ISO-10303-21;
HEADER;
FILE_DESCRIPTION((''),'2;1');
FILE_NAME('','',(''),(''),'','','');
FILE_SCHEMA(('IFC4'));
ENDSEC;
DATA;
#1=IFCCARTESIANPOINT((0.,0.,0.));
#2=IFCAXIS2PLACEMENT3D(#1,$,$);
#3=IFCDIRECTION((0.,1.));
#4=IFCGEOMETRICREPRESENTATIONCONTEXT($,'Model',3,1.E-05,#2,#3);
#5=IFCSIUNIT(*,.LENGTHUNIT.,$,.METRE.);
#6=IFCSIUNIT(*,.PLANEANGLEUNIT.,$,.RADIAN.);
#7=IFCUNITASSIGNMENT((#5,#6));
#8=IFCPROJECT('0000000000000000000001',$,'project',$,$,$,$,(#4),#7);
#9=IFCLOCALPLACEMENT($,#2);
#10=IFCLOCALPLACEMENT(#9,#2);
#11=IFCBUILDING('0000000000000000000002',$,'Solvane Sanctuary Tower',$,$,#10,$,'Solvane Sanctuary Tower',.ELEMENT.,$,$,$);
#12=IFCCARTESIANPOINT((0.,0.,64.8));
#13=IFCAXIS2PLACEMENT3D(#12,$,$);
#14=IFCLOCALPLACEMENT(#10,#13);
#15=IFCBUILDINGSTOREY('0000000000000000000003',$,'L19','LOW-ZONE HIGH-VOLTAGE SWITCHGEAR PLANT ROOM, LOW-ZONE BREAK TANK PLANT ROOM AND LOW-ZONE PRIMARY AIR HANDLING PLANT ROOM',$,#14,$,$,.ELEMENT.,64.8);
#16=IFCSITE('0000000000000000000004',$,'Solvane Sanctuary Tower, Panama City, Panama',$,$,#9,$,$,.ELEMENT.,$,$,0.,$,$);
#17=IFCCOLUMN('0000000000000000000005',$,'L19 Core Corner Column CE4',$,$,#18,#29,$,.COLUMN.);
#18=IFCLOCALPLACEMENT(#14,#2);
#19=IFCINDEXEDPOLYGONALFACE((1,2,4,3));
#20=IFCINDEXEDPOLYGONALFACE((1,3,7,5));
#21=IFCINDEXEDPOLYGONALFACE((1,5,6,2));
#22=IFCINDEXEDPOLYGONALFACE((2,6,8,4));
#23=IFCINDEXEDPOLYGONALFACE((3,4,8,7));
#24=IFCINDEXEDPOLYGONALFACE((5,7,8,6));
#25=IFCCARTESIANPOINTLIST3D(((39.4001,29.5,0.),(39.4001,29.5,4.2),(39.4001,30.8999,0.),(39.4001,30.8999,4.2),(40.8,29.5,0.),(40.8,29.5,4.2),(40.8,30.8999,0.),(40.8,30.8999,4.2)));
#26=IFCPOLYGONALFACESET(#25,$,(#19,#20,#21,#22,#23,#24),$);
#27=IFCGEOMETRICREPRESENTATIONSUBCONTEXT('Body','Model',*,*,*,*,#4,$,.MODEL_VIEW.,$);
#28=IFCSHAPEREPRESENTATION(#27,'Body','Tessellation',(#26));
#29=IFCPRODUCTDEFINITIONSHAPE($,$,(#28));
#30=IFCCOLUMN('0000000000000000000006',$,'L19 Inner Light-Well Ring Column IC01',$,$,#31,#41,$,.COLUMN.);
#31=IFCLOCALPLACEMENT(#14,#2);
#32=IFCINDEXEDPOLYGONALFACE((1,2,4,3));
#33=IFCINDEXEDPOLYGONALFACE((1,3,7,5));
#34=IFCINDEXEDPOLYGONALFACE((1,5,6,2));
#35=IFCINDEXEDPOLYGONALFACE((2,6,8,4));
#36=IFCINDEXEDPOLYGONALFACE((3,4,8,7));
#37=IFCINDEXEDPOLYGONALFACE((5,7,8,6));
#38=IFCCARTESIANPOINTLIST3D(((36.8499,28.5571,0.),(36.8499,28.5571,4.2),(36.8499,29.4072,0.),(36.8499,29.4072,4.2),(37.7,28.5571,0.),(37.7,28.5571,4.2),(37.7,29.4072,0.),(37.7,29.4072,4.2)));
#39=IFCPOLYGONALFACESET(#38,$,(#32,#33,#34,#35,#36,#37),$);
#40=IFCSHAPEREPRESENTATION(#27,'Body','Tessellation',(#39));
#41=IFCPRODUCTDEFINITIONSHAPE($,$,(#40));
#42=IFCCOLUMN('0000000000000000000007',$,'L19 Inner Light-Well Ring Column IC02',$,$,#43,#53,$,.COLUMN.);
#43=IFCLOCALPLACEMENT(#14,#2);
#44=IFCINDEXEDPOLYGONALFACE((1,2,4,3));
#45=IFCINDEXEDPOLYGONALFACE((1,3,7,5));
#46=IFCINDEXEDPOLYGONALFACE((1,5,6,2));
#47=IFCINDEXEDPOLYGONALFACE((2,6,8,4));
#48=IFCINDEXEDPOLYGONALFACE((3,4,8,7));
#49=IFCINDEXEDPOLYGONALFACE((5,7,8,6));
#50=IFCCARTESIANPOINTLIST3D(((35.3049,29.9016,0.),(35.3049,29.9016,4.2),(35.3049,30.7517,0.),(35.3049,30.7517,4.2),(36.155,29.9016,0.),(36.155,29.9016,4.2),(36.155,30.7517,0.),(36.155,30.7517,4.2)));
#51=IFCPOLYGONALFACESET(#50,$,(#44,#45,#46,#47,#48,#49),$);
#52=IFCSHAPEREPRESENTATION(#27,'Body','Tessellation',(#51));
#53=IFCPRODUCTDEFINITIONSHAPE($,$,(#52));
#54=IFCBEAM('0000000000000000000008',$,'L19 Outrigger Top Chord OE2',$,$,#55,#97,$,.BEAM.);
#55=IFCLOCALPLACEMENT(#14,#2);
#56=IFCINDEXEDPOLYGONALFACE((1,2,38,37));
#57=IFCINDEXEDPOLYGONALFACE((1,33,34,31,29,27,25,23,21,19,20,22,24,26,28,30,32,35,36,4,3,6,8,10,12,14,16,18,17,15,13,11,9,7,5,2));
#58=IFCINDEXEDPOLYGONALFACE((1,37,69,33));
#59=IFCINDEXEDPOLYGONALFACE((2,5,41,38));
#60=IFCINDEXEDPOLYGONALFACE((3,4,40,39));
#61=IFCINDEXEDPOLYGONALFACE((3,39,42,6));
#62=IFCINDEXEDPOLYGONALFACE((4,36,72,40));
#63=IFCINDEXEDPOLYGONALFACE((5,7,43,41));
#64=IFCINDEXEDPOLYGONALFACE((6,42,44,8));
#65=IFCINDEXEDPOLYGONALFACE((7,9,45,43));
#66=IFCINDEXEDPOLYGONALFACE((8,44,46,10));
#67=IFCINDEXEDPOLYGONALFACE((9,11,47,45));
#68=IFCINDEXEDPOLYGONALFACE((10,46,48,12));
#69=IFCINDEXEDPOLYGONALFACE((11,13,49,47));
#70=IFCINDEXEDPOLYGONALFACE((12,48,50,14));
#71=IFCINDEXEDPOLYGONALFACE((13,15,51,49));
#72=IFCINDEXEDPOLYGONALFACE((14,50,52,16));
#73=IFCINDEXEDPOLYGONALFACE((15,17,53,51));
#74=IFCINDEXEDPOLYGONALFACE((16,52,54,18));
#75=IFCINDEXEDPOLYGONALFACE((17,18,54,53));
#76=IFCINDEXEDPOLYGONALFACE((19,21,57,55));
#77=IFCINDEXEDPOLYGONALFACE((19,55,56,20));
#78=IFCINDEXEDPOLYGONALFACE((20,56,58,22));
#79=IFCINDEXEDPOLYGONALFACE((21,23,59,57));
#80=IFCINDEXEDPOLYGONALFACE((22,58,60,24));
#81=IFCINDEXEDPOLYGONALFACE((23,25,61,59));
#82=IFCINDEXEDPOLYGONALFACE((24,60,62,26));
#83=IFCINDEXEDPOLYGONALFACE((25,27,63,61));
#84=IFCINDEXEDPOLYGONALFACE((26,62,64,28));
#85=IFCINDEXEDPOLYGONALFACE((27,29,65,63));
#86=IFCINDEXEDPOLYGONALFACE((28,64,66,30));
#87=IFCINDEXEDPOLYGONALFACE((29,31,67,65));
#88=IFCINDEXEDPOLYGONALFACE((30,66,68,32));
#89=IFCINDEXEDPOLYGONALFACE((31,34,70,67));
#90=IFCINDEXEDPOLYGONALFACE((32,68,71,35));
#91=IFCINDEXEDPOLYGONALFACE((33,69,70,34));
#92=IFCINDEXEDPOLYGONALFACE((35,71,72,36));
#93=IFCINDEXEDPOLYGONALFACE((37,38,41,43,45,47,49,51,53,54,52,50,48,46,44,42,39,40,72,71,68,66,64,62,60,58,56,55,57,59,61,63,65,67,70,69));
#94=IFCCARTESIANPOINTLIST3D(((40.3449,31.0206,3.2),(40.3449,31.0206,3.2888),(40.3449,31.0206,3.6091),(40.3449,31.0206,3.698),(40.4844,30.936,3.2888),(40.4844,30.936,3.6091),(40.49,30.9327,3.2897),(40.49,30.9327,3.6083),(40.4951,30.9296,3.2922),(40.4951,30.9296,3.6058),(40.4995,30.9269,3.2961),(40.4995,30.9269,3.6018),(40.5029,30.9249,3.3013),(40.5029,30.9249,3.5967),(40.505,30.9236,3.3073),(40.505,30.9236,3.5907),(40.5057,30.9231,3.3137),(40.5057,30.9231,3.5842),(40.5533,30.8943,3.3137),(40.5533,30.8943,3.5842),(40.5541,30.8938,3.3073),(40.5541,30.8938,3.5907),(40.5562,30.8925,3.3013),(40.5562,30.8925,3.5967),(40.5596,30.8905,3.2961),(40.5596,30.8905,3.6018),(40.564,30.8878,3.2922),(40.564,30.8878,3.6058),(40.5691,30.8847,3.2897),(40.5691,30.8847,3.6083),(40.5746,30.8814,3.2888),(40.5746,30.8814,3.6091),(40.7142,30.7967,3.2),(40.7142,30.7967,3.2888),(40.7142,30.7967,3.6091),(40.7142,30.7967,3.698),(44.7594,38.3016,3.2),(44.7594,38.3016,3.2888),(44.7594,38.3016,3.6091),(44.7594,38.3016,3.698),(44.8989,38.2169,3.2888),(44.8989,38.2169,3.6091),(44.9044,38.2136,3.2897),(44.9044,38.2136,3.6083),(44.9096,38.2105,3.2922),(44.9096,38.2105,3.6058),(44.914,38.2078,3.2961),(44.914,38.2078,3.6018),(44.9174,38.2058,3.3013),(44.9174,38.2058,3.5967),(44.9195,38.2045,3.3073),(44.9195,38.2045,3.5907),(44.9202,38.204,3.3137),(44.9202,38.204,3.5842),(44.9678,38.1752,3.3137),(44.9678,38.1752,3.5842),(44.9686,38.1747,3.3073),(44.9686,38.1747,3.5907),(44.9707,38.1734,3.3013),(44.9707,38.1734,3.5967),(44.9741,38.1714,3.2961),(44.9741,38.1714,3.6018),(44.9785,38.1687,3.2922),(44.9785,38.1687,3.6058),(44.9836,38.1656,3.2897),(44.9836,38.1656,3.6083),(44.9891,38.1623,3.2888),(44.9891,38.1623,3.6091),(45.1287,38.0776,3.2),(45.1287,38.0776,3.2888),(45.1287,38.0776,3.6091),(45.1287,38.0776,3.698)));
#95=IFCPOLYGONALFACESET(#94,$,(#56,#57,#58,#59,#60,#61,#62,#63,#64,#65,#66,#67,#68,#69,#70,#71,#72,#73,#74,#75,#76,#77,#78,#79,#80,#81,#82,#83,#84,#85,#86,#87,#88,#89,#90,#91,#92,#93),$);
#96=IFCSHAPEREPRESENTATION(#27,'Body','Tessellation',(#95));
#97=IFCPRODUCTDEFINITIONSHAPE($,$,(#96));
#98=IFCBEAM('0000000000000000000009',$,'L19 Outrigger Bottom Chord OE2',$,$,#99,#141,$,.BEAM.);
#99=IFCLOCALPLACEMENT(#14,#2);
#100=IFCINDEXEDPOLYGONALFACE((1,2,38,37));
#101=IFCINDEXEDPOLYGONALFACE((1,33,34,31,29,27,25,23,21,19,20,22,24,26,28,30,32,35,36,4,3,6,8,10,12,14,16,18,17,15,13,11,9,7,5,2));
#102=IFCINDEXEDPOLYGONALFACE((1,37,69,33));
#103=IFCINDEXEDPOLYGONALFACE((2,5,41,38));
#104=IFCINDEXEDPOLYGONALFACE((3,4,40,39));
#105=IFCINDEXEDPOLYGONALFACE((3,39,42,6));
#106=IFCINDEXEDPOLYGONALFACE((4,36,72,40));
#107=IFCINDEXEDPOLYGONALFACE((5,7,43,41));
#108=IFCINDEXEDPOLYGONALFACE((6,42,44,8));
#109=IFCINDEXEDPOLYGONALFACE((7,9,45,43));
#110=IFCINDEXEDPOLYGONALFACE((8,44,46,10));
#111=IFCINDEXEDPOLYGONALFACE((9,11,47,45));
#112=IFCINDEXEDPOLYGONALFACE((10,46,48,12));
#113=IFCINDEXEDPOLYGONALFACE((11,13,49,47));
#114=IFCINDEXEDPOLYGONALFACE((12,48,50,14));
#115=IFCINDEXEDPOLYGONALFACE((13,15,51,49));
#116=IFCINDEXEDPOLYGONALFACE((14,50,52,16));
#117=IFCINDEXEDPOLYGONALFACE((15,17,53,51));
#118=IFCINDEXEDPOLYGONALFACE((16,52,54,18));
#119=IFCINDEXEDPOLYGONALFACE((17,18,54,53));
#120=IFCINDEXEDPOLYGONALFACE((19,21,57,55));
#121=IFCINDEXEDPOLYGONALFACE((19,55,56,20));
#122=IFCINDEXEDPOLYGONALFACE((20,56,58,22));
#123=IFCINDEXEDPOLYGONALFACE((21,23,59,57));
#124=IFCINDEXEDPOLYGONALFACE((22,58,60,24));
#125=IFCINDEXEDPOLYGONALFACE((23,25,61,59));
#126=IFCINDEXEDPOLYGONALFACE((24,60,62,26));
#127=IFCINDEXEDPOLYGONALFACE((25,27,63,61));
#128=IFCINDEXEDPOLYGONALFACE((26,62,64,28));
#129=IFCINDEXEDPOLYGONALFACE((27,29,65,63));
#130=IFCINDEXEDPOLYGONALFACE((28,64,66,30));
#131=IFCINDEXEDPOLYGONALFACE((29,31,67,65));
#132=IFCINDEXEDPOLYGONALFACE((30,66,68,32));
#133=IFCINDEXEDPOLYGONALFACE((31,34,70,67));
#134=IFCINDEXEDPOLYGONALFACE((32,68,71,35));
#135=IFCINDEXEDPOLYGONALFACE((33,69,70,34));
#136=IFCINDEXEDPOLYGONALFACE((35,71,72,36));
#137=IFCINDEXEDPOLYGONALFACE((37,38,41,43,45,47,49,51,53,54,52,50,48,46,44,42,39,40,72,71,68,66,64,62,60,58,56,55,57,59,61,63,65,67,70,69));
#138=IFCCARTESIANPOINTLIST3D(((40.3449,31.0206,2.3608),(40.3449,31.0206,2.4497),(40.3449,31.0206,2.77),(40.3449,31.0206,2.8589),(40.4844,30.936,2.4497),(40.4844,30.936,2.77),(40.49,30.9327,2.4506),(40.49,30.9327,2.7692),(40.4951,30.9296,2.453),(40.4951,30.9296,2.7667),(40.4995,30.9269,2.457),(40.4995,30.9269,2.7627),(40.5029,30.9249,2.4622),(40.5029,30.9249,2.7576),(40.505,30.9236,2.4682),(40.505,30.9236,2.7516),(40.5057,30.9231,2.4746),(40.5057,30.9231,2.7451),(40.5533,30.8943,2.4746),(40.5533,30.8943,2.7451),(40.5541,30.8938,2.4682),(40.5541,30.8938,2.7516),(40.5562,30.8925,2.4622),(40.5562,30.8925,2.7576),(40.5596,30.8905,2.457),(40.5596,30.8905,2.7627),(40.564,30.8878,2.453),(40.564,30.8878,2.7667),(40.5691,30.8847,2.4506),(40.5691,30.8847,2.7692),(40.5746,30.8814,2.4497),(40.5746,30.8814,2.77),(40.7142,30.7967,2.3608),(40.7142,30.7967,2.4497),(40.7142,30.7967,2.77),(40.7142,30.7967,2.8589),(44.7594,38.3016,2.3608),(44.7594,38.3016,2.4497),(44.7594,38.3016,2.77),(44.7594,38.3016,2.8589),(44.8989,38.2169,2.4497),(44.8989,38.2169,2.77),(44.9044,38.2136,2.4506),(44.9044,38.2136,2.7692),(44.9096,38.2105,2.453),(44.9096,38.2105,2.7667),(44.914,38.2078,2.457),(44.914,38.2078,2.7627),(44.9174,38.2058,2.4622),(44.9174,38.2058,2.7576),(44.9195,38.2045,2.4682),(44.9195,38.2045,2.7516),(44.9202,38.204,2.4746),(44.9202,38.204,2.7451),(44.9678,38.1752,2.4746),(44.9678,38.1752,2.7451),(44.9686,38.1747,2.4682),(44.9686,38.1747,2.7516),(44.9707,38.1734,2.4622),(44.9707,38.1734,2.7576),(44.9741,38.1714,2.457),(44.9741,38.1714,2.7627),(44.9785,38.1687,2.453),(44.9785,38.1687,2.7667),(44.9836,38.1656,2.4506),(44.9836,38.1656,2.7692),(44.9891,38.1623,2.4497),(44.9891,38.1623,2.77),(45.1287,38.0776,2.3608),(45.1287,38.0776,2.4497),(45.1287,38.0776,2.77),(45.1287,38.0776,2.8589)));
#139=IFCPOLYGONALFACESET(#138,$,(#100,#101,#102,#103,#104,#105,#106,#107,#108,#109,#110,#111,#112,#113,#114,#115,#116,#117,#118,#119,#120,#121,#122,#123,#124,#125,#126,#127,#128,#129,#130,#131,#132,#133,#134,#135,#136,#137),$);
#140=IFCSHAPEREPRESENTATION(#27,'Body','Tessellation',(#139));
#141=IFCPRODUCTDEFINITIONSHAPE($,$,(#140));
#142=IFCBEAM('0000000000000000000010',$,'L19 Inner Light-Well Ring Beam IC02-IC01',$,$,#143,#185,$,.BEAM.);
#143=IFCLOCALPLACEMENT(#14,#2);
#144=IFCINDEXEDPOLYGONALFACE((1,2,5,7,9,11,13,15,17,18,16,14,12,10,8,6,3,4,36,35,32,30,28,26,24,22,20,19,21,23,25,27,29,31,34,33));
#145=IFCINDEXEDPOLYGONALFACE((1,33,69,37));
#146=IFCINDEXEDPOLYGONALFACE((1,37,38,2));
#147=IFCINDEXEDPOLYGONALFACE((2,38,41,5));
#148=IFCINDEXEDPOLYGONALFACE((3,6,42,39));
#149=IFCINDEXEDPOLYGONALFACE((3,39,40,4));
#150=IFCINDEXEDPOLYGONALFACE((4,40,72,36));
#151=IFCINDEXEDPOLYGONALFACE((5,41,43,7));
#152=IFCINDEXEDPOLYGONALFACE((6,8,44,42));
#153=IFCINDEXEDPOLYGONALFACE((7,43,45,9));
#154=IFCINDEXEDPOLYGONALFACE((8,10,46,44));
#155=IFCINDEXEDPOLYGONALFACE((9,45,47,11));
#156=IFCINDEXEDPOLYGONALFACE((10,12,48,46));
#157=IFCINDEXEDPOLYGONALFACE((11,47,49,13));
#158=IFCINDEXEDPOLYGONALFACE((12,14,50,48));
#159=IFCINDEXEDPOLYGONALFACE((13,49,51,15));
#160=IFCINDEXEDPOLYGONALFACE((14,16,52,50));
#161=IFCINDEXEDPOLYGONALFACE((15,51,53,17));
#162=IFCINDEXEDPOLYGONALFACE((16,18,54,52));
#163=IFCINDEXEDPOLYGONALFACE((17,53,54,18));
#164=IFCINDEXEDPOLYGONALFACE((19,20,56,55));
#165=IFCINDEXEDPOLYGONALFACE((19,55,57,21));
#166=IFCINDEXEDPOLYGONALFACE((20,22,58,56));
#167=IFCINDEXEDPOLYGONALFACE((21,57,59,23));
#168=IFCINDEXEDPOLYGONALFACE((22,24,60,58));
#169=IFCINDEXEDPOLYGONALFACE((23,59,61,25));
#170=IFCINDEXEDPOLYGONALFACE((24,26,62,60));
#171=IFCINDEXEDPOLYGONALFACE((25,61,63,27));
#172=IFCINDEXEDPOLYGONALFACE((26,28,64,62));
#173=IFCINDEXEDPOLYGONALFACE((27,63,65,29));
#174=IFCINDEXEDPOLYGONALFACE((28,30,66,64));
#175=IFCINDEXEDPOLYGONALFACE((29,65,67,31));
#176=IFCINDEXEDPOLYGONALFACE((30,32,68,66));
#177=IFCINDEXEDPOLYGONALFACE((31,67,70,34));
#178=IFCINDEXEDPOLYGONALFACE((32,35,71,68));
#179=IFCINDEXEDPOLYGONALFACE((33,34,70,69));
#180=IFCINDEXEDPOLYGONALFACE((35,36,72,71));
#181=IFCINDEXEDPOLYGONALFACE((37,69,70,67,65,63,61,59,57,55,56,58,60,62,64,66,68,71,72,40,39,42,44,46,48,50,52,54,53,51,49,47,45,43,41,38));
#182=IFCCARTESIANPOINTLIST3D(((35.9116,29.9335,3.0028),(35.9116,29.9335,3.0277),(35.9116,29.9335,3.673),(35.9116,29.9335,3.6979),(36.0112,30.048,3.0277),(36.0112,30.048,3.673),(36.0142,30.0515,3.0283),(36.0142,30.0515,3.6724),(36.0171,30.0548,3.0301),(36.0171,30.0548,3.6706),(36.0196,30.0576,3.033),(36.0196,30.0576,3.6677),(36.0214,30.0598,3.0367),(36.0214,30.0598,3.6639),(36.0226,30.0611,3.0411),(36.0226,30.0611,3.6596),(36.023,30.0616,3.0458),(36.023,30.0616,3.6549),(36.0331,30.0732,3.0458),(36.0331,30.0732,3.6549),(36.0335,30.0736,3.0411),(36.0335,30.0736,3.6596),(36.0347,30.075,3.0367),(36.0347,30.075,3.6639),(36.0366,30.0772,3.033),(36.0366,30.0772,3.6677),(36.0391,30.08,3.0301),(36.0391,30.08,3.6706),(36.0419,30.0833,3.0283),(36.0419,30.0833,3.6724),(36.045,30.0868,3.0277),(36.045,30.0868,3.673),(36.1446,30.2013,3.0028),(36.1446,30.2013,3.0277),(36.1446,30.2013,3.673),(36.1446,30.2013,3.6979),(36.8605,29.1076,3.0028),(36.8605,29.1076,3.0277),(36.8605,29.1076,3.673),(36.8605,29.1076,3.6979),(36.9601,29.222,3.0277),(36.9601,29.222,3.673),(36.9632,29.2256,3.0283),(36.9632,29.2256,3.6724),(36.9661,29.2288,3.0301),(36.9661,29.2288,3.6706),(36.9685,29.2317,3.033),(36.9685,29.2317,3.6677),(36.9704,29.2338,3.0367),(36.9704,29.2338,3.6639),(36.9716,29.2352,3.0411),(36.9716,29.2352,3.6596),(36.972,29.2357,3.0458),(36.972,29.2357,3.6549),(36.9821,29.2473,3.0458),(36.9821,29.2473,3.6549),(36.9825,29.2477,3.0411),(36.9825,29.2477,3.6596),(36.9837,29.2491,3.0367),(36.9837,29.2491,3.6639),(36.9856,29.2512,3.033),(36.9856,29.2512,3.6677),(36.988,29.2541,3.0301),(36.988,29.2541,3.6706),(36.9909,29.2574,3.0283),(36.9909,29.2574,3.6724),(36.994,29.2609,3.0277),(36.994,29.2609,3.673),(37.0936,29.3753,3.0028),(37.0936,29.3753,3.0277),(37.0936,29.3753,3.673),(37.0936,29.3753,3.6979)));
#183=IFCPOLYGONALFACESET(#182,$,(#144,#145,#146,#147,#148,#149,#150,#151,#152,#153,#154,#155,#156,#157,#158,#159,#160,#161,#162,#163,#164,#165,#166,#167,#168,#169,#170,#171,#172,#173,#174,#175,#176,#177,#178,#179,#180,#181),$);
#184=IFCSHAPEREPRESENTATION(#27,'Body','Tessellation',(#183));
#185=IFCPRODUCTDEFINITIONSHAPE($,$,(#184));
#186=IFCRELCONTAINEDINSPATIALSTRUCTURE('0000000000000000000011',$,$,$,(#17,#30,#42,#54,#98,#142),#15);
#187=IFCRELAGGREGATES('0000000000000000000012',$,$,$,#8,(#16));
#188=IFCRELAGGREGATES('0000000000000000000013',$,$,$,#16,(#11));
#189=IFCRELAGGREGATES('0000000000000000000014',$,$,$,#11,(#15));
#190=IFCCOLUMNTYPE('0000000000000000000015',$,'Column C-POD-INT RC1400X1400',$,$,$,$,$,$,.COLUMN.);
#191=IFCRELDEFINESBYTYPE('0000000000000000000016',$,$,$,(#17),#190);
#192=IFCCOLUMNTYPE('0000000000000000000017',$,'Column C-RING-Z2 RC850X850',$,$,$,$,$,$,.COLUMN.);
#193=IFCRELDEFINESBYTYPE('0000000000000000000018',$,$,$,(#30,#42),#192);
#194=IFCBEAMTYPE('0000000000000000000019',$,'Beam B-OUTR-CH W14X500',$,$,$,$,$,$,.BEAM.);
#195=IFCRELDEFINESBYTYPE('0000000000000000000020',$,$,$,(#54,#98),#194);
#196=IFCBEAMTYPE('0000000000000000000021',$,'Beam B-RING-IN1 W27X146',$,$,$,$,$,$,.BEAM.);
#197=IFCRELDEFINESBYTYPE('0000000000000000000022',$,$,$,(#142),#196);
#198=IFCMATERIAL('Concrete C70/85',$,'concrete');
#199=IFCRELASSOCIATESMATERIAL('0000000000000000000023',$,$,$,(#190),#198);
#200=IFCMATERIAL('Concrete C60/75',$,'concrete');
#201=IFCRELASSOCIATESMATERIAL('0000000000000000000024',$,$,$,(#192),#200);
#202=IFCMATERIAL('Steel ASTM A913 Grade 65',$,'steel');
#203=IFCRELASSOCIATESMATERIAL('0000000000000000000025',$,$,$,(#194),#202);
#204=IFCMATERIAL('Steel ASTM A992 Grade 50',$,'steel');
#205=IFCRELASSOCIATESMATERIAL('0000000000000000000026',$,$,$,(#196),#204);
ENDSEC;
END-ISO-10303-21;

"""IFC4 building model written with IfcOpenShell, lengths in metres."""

from ifc_helpers import new_model, si_unit, direction, frame, origin, origin_2d, place, context, subcontext, project, spatial, rectangle, i_section, extrude, material, material_profile, profile_set, type_object, element, save


model = new_model("IFC4")

# Units and contexts
model_context = context("Model", 3, precision=1e-05, world=origin(), true_north=direction((0.0, 1.0)))
body_context = subcontext(model_context, "Body", "Model", "MODEL_VIEW")
ifc_project = project(units=[si_unit("LENGTHUNIT", "METRE"), si_unit("PLANEANGLEUNIT", "RADIAN")], contexts=[model_context])

# Site, building, storey
site_placement = place(None, origin())
site = spatial("IfcSite", under=ifc_project, at=site_placement, Name="Solvane Sanctuary Tower, Panama City, Panama", CompositionType="ELEMENT", RefElevation=0.0)
building_placement = place(site_placement, origin())
building = spatial("IfcBuilding", under=site, at=building_placement, Name="Solvane Sanctuary Tower", LongName="Solvane Sanctuary Tower", CompositionType="ELEMENT")
storey_placement = place(building_placement, frame((0.0, 0.0, 64.8)))
storey = spatial("IfcBuildingStorey", under=building, at=storey_placement, Name="L19", Description="LOW-ZONE HIGH-VOLTAGE SWITCHGEAR PLANT ROOM, LOW-ZONE BREAK TANK PLANT ROOM AND LOW-ZONE PRIMARY AIR HANDLING PLANT ROOM", CompositionType="ELEMENT", Elevation=64.8)

# Columns
ifc_material_1 = material(Name="Concrete C70/85", Category="concrete")
ifc_material_profile_1 = material_profile(ifc_material_1, rectangle(XDim=1.3999, YDim=1.3999, at=origin_2d()), Name="RC1400X1400")
ifc_profile_set_1 = profile_set([ifc_material_profile_1], Name="Concrete C70/85")
column_type_1 = type_object("IfcColumnType", Name="Column C-POD-INT RC1400X1400", PredefinedType="COLUMN", material=ifc_profile_set_1)
column_placement = place(storey_placement, frame((40.1001, 30.2, 0.0), z_axis=(0.0, 0.0, 1.0), x_axis=(1.0, 0.0, 0.0)))
element("IfcColumn", 1, at=column_placement, inside=storey, type_object=column_type_1, Name="L19 Core Corner Column CE4", PredefinedType="COLUMN", context=body_context, shape_type="SweptSolid", body=[
    extrude(rectangle(XDim=1.3999, YDim=1.3999, at=origin_2d()), origin(), (0.0, 0.0, 1.0), 4.2),
])
ifc_material_2 = material(Name="Concrete C60/75", Category="concrete")
ifc_material_profile_2 = material_profile(ifc_material_2, rectangle(XDim=0.8501, YDim=0.8501, at=origin_2d()), Name="RC850X850")
ifc_profile_set_2 = profile_set([ifc_material_profile_2], Name="Concrete C60/75")
column_type_2 = type_object("IfcColumnType", Name="Column C-RING-Z2 RC850X850", PredefinedType="COLUMN", material=ifc_profile_set_2)
for number, where, z_axis, x_axis, name in (
    (2, (37.2749, 28.9822, 0.0), (0.0, 0.0, 1.0), (1.0, 0.0, 0.0), "L19 Inner Light-Well Ring Column IC01"),
    (3, (35.73, 30.3267, 0.0), (0.0, 0.0, 1.0), (1.0, 0.0, 0.0), "L19 Inner Light-Well Ring Column IC02"),
):
    element("IfcColumn", number, at=place(storey_placement, frame(where, z_axis=z_axis, x_axis=x_axis)), inside=storey, type_object=column_type_2, Name=name, PredefinedType="COLUMN", context=body_context, shape_type="SweptSolid", body=[
        extrude(rectangle(XDim=0.8501, YDim=0.8501, at=origin_2d()), origin(), (0.0, 0.0, 1.0), 4.2),
    ])

# Beams
ifc_material_3 = material(Name="Steel ASTM A913 Grade 65", Category="steel")
ifc_material_profile_3 = material_profile(ifc_material_3, i_section(OverallWidth=0.4319, OverallDepth=0.498, WebThickness=0.0557, FlangeThickness=0.0889, FilletRadius=0.0249, at=origin_2d()), Name="W14X500")
ifc_profile_set_3 = profile_set([ifc_material_profile_3], Name="Steel ASTM A913 Grade 65")
beam_type_1 = type_object("IfcBeamType", Name="Beam B-OUTR-CH W14X500", PredefinedType="BEAM", material=ifc_profile_set_3)
for number, where, z_axis, x_axis, name in (
    (4, (40.5295, 30.9087, 3.449), (0.518458, 0.855103, 0.0), (-0.855103, 0.518458, 0.0), "L19 Outrigger Top Chord OE2"),
    (5, (40.5295, 30.9087, 2.6099), (0.518458, 0.855103, 0.0), (-0.855103, 0.518458, 0.0), "L19 Outrigger Bottom Chord OE2"),
):
    element("IfcBeam", number, at=place(storey_placement, frame(where, z_axis=z_axis, x_axis=x_axis)), inside=storey, type_object=beam_type_1, Name=name, PredefinedType="BEAM", context=body_context, shape_type="SweptSolid", body=[
        extrude(i_section(OverallWidth=0.4319, OverallDepth=0.498, WebThickness=0.0557, FlangeThickness=0.0889, FilletRadius=0.0249, at=origin_2d()), origin(), (0.0, 0.0, 1.0), 8.5146),
    ])
ifc_material_4 = material(Name="Steel ASTM A992 Grade 50", Category="steel")
ifc_material_profile_4 = material_profile(ifc_material_4, i_section(OverallWidth=0.355, OverallDepth=0.6951, WebThickness=0.0154, FlangeThickness=0.0249, FilletRadius=0.0181, at=origin_2d()), Name="W27X146")
ifc_profile_set_4 = profile_set([ifc_material_profile_4], Name="Steel ASTM A992 Grade 50")
beam_type_2 = type_object("IfcBeamType", Name="Beam B-RING-IN1 W27X146", PredefinedType="BEAM", material=ifc_profile_set_4)
beam_1_placement = place(storey_placement, frame((36.0281, 30.0674, 3.3503), z_axis=(0.754317, -0.65651, 0.0), x_axis=(0.65651, 0.754317, 0.0)))
element("IfcBeam", 6, at=beam_1_placement, inside=storey, type_object=beam_type_2, Name="L19 Inner Light-Well Ring Beam IC02-IC01", PredefinedType="BEAM", context=body_context, shape_type="SweptSolid", body=[
    extrude(i_section(OverallWidth=0.355, OverallDepth=0.6951, WebThickness=0.0154, FlangeThickness=0.0249, FilletRadius=0.0181, at=origin_2d()), origin(), (0.0, 0.0, 1.0), 1.2581),
])

save(model, "model.ifc")
